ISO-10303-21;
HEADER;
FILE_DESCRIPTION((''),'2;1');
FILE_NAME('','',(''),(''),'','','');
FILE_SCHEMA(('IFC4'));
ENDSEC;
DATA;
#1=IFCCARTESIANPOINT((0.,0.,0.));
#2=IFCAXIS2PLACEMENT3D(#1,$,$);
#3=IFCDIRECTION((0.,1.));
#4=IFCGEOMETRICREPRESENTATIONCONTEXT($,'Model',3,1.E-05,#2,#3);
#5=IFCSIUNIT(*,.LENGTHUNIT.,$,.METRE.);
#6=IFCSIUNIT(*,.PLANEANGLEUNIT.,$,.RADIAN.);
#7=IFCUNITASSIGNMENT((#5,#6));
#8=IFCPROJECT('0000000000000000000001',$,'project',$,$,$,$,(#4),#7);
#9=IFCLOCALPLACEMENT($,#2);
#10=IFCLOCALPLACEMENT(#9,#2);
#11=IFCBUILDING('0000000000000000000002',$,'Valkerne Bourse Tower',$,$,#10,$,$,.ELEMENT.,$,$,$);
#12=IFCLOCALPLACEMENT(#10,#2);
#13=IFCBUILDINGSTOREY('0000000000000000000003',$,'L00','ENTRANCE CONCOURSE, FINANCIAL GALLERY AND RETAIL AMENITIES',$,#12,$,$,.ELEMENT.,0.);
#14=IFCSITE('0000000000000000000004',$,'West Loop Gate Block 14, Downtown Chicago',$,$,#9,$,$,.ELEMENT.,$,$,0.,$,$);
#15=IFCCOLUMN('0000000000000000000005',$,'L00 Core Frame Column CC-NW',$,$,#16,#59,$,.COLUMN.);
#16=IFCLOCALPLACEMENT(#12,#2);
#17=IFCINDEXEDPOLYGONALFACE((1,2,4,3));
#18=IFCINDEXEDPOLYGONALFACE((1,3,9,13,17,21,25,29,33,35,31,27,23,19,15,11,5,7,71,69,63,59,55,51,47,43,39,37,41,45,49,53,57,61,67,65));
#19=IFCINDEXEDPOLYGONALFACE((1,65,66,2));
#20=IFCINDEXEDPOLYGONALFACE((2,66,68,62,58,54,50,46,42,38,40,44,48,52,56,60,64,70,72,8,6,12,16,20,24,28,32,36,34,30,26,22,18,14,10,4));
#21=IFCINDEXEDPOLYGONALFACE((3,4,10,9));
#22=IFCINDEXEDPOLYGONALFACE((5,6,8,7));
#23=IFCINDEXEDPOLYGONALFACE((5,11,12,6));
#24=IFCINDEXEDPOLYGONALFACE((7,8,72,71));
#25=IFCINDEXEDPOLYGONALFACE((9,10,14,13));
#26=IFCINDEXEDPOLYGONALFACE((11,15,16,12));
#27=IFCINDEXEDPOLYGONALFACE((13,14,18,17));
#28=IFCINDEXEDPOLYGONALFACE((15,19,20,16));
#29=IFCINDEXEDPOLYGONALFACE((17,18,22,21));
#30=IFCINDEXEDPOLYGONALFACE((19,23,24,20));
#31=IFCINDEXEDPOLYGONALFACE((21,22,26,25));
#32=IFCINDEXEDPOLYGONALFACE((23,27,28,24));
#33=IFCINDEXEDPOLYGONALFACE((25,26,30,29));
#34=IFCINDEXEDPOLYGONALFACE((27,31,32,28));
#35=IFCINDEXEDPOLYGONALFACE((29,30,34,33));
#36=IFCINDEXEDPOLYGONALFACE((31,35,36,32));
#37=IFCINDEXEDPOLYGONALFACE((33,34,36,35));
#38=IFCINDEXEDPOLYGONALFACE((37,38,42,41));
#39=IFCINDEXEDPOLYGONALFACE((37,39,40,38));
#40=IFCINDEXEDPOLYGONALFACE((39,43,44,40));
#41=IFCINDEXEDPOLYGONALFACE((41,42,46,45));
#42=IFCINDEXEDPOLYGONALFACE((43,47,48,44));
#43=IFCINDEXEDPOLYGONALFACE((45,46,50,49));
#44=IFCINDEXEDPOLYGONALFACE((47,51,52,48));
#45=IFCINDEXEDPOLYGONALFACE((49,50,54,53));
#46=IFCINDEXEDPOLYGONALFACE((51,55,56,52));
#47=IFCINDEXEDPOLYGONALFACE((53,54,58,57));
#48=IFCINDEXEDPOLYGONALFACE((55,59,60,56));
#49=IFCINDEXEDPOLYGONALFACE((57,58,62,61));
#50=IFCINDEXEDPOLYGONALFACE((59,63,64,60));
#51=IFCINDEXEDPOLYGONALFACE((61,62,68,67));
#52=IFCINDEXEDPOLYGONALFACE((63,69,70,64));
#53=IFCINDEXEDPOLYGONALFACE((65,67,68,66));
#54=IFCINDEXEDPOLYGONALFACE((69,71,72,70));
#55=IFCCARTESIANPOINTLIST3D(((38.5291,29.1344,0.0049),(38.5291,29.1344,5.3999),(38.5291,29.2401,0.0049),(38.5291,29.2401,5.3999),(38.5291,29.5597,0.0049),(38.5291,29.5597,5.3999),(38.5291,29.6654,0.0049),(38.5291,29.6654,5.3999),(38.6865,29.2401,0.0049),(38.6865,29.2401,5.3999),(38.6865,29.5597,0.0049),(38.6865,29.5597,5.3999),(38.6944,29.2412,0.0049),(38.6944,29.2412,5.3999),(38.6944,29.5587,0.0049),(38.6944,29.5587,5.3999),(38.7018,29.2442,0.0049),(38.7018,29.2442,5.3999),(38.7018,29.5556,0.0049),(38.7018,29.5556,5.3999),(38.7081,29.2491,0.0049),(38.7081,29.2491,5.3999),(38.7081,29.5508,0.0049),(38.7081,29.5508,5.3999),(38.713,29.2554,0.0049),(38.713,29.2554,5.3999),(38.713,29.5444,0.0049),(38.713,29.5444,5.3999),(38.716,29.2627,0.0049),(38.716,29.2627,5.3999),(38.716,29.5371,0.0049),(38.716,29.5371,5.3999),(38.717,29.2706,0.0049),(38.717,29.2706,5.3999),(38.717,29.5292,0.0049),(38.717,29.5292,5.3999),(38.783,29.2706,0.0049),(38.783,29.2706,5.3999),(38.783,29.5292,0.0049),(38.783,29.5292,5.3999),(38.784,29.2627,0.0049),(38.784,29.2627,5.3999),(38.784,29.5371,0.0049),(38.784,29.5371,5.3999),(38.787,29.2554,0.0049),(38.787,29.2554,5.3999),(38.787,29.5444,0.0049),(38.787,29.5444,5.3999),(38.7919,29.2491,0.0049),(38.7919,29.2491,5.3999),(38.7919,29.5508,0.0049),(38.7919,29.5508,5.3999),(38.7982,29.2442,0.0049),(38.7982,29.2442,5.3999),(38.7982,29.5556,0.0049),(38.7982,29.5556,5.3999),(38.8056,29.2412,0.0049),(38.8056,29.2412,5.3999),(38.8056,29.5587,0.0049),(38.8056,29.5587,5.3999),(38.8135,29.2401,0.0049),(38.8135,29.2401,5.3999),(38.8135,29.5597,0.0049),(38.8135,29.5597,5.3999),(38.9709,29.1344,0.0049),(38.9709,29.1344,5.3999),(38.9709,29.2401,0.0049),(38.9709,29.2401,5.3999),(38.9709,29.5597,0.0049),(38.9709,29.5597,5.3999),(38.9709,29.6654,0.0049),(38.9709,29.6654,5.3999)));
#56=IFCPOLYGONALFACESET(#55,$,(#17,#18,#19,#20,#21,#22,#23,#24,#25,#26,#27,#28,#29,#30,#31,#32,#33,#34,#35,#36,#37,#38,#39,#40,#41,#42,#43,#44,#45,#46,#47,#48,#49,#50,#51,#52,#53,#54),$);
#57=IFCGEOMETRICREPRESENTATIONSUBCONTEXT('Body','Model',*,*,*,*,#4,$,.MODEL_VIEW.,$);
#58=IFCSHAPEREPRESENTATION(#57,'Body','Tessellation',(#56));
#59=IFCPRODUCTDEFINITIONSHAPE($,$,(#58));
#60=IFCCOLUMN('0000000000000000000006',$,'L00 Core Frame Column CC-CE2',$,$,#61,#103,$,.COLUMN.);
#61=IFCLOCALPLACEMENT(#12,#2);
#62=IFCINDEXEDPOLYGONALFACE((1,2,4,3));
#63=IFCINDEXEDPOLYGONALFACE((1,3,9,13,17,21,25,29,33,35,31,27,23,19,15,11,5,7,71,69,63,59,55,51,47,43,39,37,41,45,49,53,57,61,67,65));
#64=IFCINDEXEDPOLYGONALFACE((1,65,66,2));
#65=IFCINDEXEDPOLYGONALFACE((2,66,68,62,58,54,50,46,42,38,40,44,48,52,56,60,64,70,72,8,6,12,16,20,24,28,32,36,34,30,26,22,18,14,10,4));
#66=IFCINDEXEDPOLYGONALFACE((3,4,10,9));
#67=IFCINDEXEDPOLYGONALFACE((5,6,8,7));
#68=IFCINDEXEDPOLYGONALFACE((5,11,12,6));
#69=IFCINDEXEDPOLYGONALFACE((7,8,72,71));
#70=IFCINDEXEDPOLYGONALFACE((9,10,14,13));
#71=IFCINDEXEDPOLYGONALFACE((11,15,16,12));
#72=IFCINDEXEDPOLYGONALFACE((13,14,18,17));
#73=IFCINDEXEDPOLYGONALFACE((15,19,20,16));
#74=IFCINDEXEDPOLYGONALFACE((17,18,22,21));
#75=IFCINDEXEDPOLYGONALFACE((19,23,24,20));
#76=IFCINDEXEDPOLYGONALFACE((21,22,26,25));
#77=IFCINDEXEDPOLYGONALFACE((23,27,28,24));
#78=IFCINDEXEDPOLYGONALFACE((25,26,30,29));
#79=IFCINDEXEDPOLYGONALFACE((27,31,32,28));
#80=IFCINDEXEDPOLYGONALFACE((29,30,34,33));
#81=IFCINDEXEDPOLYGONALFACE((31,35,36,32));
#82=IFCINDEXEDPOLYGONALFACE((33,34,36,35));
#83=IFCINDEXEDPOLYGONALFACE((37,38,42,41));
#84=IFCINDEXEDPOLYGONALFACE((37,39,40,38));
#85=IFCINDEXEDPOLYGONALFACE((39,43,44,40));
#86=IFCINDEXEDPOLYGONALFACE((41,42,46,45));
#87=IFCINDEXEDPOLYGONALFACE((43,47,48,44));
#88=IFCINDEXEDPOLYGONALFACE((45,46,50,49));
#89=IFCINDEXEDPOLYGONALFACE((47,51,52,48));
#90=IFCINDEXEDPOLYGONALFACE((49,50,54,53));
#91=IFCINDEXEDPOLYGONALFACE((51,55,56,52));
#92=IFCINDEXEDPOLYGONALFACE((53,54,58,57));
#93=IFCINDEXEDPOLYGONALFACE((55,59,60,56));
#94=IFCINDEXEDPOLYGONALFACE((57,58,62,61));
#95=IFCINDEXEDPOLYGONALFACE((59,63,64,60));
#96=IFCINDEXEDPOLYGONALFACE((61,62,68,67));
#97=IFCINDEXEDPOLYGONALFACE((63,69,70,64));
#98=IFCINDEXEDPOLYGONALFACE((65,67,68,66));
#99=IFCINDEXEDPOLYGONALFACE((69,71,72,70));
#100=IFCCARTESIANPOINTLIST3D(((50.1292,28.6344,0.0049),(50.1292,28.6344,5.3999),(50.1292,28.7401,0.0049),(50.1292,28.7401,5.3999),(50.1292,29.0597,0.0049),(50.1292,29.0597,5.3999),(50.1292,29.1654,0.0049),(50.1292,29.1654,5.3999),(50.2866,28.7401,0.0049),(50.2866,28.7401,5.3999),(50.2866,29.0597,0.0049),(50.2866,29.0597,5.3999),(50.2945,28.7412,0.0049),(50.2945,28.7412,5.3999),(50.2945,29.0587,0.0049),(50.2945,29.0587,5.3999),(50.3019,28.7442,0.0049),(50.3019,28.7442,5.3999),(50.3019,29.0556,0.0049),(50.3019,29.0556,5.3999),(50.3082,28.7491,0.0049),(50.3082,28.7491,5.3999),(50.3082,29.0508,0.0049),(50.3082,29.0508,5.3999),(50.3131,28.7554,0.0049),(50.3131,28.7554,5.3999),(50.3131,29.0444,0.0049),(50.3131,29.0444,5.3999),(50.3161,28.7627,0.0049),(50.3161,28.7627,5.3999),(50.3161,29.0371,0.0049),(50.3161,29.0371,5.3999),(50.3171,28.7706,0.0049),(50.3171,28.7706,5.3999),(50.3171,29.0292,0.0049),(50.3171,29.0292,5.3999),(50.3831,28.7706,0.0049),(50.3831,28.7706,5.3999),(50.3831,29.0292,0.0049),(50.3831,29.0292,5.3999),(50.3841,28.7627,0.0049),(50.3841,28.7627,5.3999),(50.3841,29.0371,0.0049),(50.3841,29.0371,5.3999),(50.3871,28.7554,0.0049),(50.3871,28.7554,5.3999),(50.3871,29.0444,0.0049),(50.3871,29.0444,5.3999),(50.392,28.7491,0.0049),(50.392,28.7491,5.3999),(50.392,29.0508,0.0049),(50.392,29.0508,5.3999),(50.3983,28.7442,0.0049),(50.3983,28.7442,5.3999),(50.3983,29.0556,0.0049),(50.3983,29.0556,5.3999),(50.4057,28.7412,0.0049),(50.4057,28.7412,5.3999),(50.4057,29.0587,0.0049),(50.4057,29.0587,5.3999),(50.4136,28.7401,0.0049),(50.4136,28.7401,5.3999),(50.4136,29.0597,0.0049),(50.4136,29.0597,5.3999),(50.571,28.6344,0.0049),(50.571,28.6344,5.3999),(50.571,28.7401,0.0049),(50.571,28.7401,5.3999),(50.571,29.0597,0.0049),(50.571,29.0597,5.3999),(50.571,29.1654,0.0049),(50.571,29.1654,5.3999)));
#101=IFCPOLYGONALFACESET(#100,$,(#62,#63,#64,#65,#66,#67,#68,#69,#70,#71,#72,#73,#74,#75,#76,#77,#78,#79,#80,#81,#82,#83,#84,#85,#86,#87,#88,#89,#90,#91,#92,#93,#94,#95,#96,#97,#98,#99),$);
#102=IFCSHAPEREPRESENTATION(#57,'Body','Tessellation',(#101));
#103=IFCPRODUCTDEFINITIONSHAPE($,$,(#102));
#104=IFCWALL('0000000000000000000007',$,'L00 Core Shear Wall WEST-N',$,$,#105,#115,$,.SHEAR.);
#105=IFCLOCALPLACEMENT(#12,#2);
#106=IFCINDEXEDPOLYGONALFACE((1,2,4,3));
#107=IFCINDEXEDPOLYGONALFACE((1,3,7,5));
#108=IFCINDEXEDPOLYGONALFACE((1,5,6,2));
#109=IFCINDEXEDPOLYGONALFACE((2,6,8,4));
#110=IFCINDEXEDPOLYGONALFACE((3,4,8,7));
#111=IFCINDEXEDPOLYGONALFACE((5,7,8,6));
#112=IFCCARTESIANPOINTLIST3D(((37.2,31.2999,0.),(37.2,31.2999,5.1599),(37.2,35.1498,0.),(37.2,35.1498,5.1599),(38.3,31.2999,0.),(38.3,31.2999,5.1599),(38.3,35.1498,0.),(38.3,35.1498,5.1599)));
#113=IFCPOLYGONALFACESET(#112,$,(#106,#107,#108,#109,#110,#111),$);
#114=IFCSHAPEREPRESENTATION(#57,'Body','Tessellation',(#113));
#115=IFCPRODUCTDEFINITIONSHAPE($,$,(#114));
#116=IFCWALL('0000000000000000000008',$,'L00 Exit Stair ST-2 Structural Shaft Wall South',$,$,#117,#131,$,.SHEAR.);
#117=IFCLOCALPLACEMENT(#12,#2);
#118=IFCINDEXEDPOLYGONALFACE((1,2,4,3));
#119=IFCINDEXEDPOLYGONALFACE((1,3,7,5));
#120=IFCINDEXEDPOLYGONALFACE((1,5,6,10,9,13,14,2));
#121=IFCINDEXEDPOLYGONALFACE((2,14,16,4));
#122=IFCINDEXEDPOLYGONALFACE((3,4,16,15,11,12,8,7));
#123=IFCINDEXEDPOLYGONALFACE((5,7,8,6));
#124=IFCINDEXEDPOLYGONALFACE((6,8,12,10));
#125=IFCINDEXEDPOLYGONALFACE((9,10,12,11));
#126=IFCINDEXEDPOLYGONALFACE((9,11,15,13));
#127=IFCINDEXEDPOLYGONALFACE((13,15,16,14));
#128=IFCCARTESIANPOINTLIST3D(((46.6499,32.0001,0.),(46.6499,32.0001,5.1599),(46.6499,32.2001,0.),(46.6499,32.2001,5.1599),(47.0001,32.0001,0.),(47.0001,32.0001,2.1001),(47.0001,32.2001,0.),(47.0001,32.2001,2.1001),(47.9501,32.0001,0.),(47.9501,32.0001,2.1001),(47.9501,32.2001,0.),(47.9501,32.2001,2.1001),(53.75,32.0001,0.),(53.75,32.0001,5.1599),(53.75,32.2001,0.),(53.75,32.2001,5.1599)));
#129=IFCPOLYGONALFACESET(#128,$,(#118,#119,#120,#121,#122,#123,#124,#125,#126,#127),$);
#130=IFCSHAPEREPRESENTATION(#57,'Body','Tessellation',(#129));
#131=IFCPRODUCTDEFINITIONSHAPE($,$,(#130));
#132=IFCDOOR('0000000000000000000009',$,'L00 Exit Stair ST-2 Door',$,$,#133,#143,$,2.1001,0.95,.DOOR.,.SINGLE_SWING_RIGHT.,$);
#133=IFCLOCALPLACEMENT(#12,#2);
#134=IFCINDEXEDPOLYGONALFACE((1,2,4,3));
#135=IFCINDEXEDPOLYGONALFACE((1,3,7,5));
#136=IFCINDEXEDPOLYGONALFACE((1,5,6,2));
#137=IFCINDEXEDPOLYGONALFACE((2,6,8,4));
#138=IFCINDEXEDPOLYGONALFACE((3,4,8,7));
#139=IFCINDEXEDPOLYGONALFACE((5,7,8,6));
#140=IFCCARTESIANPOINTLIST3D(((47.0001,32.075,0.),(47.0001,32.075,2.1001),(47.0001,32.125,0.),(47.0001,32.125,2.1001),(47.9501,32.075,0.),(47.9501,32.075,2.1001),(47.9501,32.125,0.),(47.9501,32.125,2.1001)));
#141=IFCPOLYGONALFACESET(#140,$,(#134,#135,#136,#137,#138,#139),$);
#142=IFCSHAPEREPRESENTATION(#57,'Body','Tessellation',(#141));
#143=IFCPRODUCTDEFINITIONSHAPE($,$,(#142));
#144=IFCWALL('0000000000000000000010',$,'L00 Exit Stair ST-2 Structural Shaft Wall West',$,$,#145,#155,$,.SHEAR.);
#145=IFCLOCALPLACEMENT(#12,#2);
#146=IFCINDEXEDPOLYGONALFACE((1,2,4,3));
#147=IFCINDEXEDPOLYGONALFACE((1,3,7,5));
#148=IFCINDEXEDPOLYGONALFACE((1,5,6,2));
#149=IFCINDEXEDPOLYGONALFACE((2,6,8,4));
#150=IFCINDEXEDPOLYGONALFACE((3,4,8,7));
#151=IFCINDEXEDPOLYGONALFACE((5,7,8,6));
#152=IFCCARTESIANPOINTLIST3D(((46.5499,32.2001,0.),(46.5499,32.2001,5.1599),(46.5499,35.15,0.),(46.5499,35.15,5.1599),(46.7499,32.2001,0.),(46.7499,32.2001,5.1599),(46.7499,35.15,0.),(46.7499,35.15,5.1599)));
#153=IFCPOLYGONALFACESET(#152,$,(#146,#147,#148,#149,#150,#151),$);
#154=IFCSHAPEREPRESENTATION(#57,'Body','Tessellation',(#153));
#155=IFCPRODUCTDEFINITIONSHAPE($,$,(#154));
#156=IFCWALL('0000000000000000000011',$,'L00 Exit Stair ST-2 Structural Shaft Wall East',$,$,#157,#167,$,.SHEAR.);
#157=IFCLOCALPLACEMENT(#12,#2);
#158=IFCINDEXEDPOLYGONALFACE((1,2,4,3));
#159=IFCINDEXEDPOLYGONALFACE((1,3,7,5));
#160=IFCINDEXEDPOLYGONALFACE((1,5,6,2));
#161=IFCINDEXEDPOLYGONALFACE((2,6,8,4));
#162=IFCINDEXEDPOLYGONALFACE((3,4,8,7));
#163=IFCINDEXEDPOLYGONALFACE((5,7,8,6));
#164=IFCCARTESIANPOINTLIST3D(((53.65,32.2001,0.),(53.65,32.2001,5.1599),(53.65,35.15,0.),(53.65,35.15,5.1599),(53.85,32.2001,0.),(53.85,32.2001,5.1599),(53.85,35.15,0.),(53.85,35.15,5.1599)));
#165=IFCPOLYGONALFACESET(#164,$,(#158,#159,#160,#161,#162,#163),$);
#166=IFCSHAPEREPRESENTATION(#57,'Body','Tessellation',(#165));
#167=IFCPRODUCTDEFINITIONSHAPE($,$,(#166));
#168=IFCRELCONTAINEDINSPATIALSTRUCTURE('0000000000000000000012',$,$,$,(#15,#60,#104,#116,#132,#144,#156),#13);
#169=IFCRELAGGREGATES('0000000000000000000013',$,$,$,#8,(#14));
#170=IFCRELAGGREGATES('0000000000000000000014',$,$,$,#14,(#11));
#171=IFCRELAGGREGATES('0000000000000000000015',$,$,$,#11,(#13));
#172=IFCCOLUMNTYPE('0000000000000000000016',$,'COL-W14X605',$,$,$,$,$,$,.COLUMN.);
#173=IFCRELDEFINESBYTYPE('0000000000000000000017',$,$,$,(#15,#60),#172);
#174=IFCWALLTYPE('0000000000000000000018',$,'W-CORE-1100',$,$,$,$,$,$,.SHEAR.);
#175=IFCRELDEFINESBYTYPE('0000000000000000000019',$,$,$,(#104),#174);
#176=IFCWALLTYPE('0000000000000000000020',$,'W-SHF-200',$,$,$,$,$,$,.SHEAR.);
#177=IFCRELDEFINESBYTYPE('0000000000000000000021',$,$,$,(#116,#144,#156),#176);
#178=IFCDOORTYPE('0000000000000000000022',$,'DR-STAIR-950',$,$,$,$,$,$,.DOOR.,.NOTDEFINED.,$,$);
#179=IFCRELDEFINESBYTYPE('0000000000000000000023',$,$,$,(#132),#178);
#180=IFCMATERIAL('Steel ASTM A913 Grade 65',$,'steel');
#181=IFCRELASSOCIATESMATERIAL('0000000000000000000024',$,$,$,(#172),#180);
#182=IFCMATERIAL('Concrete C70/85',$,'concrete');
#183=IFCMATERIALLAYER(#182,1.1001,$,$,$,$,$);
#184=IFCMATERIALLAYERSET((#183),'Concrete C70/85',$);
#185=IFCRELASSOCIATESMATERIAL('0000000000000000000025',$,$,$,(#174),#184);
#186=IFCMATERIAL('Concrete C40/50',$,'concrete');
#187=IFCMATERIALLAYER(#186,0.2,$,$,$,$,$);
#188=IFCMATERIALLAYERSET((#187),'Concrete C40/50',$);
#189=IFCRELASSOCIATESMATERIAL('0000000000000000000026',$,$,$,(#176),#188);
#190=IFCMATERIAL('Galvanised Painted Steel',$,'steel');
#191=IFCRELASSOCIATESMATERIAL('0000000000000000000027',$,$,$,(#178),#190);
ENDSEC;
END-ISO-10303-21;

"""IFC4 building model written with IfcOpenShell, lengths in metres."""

from ifc_helpers import new_model, si_unit, direction, frame, frame_2d, origin, origin_2d, place, context, subcontext, project, spatial, rectangle, i_section, extrude, material, layer, layer_set, material_profile, profile_set, type_object, element, fill, save


model = new_model("IFC4")

# Units and contexts
model_context = context("Model", 3, precision=1e-05, world=origin(), true_north=direction((0.0, 1.0)))
body_context = subcontext(model_context, "Body", "Model", "MODEL_VIEW")
ifc_project = project(units=[si_unit("LENGTHUNIT", "METRE"), si_unit("PLANEANGLEUNIT", "RADIAN")], contexts=[model_context])

# Site, building, storey
site_placement = place(None, origin())
site = spatial("IfcSite", under=ifc_project, at=site_placement, Name="West Loop Gate Block 14, Downtown Chicago", CompositionType="ELEMENT", RefElevation=0.0)
building_placement = place(site_placement, origin())
building = spatial("IfcBuilding", under=site, at=building_placement, Name="Valkerne Bourse Tower", CompositionType="ELEMENT")
storey_placement = place(building_placement, origin())
storey = spatial("IfcBuildingStorey", under=building, at=storey_placement, Name="L00", Description="ENTRANCE CONCOURSE, FINANCIAL GALLERY AND RETAIL AMENITIES", CompositionType="ELEMENT", Elevation=0.0)

# Columns
ifc_material_1 = material(Name="Steel ASTM A913 Grade 65", Category="steel")
ifc_material_profile = material_profile(ifc_material_1, i_section(OverallWidth=0.4419, OverallDepth=0.531, WebThickness=0.0659, FlangeThickness=0.1057, FilletRadius=0.0305, at=origin_2d()), Name="W14X605")
ifc_profile_set = profile_set([ifc_material_profile], Name="Steel ASTM A913 Grade 65")
column_type = type_object("IfcColumnType", Name="COL-W14X605", PredefinedType="COLUMN", material=ifc_profile_set)
for number, where, z_axis, x_axis, name in (
    (1, (38.75, 29.3999, 0.0049), (0.0, 0.0, 1.0), (1.0, 0.0, 0.0), "L00 Core Frame Column CC-NW"),
    (2, (50.3501, 28.8999, 0.0049), (0.0, 0.0, 1.0), (1.0, 0.0, 0.0), "L00 Core Frame Column CC-CE2"),
):
    element("IfcColumn", number, at=place(storey_placement, frame(where, z_axis=z_axis, x_axis=x_axis)), inside=storey, type_object=column_type, Name=name, PredefinedType="COLUMN", context=body_context, shape_type="SweptSolid", body=[
        extrude(i_section(OverallWidth=0.4419, OverallDepth=0.531, WebThickness=0.0659, FlangeThickness=0.1057, FilletRadius=0.0305, at=origin_2d()), origin(), (0.0, 0.0, 1.0), 5.395),
    ])

# Wall
ifc_material_2 = material(Name="Concrete C70/85", Category="concrete")
ifc_layer_1 = layer(ifc_material_2, 1.1001)
ifc_layer_set_1 = layer_set([ifc_layer_1], Name="Concrete C70/85")
wall_type_1 = type_object("IfcWallType", Name="W-CORE-1100", PredefinedType="SHEAR", material=ifc_layer_set_1)
wall_1_placement = place(storey_placement, frame((37.75, 31.3, 0.0), z_axis=(0.0, 0.0, 1.0), x_axis=(0.0, 1.0, 0.0)))
element("IfcWall", 3, at=wall_1_placement, inside=storey, type_object=wall_type_1, Name="L00 Core Shear Wall WEST-N", PredefinedType="SHEAR", context=body_context, shape_type="SweptSolid", body=[
    extrude(rectangle(XDim=3.8499, YDim=1.1001, at=frame_2d((1.9248, 0.0))), origin(), (0.0, 0.0, 1.0), 5.1599),
])

# Wall, opening, door
ifc_material_3 = material(Name="Concrete C40/50", Category="concrete")
ifc_layer_2 = layer(ifc_material_3, 0.2)
ifc_layer_set_2 = layer_set([ifc_layer_2], Name="Concrete C40/50")
wall_type_2 = type_object("IfcWallType", Name="W-SHF-200", PredefinedType="SHEAR", material=ifc_layer_set_2)
wall_2_placement = place(storey_placement, frame((46.6499, 32.1001, 0.0), z_axis=(0.0, 0.0, 1.0), x_axis=(1.0, 0.0, 0.0)))
wall_2 = element("IfcWall", 4, at=wall_2_placement, inside=storey, type_object=wall_type_2, Name="L00 Exit Stair ST-2 Structural Shaft Wall South", PredefinedType="SHEAR", context=body_context, shape_type="SweptSolid", body=[
    extrude(rectangle(XDim=7.1001, YDim=0.2, at=frame_2d((3.55, 0.0))), origin(), (0.0, 0.0, 1.0), 5.1599),
])
opening_1_placement = place(wall_2_placement, frame((0.3501, 0.0, 0.0)))
opening_1 = element("IfcOpeningElement", 5, at=opening_1_placement, cuts=wall_2, PredefinedType="OPENING", context=body_context, shape_type="SweptSolid", body=[
    extrude(rectangle(XDim=0.95, YDim=2.1001, at=frame_2d((0.4751, 1.05))), frame((0.0, 0.1099, 0.0), z_axis=(0.0, -1.0, 0.0), x_axis=(1.0, 0.0, 0.0)), (0.0, 0.0, 1.0), 0.22),
])
ifc_material_4 = material(Name="Galvanised Painted Steel", Category="steel")
door_type_1 = type_object("IfcDoorType", Name="DR-STAIR-950", OperationType="NOTDEFINED", PredefinedType="DOOR", material=ifc_material_4)
door_1_placement = place(opening_1_placement, origin())
door_1 = element("IfcDoor", 6, at=door_1_placement, inside=storey, type_object=door_type_1, Name="L00 Exit Stair ST-2 Door", OperationType="SINGLE_SWING_RIGHT", OverallHeight=2.1001, OverallWidth=0.95, PredefinedType="DOOR", context=body_context, shape_type="SweptSolid", body=[
    extrude(rectangle(XDim=0.95, YDim=2.1001, at=frame_2d((0.4751, 1.05))), frame((0.0, 0.0249, 0.0), z_axis=(0.0, -1.0, 0.0), x_axis=(1.0, 0.0, 0.0)), (0.0, 0.0, 1.0), 0.05),
])
fill(opening_1, door_1)

# Walls
for number, where, z_axis, x_axis, name in (
    (7, (46.6499, 32.2, 0.0), (0.0, 0.0, 1.0), (0.0, 1.0, 0.0), "L00 Exit Stair ST-2 Structural Shaft Wall West"),
    (8, (53.75, 32.2, 0.0), (0.0, 0.0, 1.0), (0.0, 1.0, 0.0), "L00 Exit Stair ST-2 Structural Shaft Wall East"),
):
    element("IfcWall", number, at=place(storey_placement, frame(where, z_axis=z_axis, x_axis=x_axis)), inside=storey, type_object=wall_type_2, Name=name, PredefinedType="SHEAR", context=body_context, shape_type="SweptSolid", body=[
        extrude(rectangle(XDim=2.95, YDim=0.2, at=frame_2d((1.4751, 0.0))), origin(), (0.0, 0.0, 1.0), 5.1599),
    ])

save(model, "model.ifc")
